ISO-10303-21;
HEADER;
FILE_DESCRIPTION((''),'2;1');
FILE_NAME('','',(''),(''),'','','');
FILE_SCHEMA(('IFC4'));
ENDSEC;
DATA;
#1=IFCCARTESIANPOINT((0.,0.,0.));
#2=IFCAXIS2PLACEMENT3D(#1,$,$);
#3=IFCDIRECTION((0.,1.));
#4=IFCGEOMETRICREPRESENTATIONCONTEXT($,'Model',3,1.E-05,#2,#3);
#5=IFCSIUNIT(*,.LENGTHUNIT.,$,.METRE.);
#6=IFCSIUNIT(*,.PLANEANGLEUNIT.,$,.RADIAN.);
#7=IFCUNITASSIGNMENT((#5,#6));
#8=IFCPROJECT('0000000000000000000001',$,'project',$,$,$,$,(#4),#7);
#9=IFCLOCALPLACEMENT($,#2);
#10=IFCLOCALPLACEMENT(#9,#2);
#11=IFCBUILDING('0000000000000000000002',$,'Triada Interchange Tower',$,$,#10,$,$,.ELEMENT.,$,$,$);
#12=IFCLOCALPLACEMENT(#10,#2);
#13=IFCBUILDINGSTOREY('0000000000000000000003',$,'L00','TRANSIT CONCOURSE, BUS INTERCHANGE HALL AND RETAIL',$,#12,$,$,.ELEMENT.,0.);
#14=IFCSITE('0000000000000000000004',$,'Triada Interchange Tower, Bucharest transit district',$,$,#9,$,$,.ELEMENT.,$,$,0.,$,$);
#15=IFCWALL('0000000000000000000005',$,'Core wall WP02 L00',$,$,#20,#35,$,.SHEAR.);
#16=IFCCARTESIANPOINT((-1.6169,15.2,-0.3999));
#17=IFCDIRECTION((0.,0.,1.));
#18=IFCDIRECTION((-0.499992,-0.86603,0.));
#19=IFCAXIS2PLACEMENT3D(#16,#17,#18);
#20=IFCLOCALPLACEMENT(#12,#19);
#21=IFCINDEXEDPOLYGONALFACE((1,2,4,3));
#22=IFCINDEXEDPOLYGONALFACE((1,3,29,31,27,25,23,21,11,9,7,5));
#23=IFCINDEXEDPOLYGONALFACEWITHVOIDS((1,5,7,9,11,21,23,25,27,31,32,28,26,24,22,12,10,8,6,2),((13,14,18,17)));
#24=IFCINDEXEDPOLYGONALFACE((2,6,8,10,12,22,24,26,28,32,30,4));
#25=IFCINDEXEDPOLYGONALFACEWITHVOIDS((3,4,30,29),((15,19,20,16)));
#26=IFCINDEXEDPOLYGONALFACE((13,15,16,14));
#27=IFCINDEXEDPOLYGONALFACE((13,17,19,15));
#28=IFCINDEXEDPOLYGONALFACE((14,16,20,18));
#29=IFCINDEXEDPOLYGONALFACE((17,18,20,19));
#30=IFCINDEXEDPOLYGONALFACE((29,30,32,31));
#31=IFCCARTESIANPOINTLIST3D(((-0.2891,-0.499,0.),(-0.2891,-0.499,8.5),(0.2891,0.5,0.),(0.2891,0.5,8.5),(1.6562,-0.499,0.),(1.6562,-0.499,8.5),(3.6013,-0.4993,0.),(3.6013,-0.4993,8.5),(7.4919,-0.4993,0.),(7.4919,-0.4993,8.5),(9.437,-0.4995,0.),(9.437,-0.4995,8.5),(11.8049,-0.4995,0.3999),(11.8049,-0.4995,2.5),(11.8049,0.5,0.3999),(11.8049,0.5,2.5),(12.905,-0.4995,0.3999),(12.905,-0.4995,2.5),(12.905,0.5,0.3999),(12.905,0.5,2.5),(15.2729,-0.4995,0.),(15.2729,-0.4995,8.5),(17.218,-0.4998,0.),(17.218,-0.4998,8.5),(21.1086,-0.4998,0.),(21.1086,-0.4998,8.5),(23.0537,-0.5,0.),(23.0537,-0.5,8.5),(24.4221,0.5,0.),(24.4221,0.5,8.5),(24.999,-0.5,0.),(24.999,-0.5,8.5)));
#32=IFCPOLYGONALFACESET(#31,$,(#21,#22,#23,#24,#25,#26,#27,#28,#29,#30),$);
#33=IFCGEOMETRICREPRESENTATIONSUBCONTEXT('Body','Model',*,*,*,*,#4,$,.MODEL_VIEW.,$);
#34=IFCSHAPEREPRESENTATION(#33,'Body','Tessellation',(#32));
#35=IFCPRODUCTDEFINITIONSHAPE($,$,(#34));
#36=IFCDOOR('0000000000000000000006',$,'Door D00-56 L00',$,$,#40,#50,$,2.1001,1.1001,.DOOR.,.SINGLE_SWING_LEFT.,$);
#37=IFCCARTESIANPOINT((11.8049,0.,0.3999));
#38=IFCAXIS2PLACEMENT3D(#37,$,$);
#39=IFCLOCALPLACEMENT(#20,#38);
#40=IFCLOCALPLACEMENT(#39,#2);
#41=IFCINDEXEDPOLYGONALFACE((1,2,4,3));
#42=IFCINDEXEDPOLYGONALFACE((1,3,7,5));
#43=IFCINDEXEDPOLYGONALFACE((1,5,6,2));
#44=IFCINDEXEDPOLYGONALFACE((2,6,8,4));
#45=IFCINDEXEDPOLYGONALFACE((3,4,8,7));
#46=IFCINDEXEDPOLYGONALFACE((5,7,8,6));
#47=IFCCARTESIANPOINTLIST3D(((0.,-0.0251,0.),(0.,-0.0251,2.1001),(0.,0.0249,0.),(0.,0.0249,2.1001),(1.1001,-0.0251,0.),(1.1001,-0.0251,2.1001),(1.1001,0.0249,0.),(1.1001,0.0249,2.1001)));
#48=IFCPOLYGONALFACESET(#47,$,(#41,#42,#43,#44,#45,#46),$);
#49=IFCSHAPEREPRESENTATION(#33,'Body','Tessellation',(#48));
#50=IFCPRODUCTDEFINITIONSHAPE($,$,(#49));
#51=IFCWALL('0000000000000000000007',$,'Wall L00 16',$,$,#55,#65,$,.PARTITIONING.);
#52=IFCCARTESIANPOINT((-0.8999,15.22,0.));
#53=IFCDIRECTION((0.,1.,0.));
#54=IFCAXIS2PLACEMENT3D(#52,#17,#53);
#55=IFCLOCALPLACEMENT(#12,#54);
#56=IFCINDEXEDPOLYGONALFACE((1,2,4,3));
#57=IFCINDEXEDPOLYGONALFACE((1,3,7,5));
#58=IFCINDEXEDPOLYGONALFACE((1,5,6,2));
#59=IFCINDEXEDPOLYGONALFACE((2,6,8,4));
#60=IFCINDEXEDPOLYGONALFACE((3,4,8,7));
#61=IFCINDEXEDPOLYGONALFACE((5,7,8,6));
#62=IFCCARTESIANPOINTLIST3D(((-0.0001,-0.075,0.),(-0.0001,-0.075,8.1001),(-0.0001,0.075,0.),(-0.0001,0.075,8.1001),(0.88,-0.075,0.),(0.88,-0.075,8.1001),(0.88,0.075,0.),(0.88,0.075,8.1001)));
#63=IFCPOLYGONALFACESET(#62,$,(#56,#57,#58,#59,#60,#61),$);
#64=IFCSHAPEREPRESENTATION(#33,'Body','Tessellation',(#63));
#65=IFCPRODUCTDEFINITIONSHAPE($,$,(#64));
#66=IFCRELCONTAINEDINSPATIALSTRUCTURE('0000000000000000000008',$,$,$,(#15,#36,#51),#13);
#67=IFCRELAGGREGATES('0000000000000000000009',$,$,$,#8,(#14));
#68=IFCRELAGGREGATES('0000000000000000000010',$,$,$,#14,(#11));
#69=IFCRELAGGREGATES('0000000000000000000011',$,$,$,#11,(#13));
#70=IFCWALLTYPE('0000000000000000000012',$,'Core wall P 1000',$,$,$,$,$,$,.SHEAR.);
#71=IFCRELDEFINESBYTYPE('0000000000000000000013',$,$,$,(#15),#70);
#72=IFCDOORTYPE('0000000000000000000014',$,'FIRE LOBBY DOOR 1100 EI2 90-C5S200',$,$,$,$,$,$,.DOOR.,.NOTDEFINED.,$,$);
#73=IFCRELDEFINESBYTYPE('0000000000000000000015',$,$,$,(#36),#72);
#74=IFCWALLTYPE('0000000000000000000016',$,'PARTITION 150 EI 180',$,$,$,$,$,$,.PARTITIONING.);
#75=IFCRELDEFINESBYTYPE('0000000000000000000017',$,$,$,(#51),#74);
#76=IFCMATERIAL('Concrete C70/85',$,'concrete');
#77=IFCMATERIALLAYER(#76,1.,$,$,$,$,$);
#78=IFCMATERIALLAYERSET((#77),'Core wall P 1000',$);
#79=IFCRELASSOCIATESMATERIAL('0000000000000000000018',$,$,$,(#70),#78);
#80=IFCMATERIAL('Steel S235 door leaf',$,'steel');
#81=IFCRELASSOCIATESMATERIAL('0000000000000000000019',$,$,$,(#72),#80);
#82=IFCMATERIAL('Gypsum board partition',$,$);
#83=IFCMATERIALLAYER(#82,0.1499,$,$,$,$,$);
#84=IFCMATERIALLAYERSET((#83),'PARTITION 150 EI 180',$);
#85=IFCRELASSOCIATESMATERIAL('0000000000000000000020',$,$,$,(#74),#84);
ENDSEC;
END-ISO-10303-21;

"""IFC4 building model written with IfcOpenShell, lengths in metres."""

from ifc_helpers import new_model, si_unit, direction, frame, frame_2d, origin, place, context, subcontext, project, spatial, polyline, rectangle, outline, extrude, material, layer, layer_set, type_object, element, fill, save


model = new_model("IFC4")

# Units and contexts
model_context = context("Model", 3, precision=1e-05, world=origin(), true_north=direction((0.0, 1.0)))
body_context = subcontext(model_context, "Body", "Model", "MODEL_VIEW")
ifc_project = project(units=[si_unit("LENGTHUNIT", "METRE"), si_unit("PLANEANGLEUNIT", "RADIAN")], contexts=[model_context])

# Site, building, storey
site_placement = place(None, origin())
site = spatial("IfcSite", under=ifc_project, at=site_placement, Name="Triada Interchange Tower, Bucharest transit district", CompositionType="ELEMENT", RefElevation=0.0)
building_placement = place(site_placement, origin())
building = spatial("IfcBuilding", under=site, at=building_placement, Name="Triada Interchange Tower", CompositionType="ELEMENT")
storey_placement = place(building_placement, origin())
storey = spatial("IfcBuildingStorey", under=building, at=storey_placement, Name="L00", Description="TRANSIT CONCOURSE, BUS INTERCHANGE HALL AND RETAIL", CompositionType="ELEMENT", Elevation=0.0)

# Shared definitions
ifc_material_1 = material(Name="Concrete C70/85", Category="concrete")

# Wall, opening, door
ifc_layer_1 = layer(ifc_material_1, 1.0)
ifc_layer_set_1 = layer_set([ifc_layer_1], Name="Core wall P 1000")
wall_type_1 = type_object("IfcWallType", Name="Core wall P 1000", PredefinedType="SHEAR", material=ifc_layer_set_1)
wall_1_placement = place(storey_placement, frame((-1.6169, 15.2, -0.3999), z_axis=(0.0, 0.0, 1.0), x_axis=(-0.499992, -0.86603, 0.0)))
wall_1 = element("IfcWall", 1, at=wall_1_placement, inside=storey, type_object=wall_type_1, Name="Core wall WP02 L00", PredefinedType="SHEAR", context=body_context, shape_type="SweptSolid", body=[
    extrude(outline(polyline([(-0.2891, -0.499), (1.6562, -0.499), (3.6013, -0.4993), (5.5466, -0.4993), (7.4919, -0.4993), (9.437, -0.4995), (11.3823, -0.4995), (13.3276, -0.4995), (15.2729, -0.4995), (17.218, -0.4998), (19.1633, -0.4998), (21.1086, -0.4998), (23.0537, -0.5), (24.999, -0.5), (24.4221, 0.5), (22.5657, 0.5), (20.7092, 0.5), (18.853, 0.5), (16.9966, 0.5), (15.1401, 0.5), (13.2837, 0.5), (11.4275, 0.5), (9.571, 0.5), (7.7146, 0.5), (5.8582, 0.5), (4.002, 0.5), (2.1455, 0.5), (0.2891, 0.5), (-0.2891, -0.499)])), origin(), (0.0, 0.0, 1.0), 8.5),
])
opening_1_placement = place(wall_1_placement, frame((11.8049, 0.0, 0.3999)))
opening_1 = element("IfcOpeningElement", 2, at=opening_1_placement, cuts=wall_1, PredefinedType="OPENING", context=body_context, shape_type="SweptSolid", body=[
    extrude(rectangle(XDim=1.1001, YDim=2.1001, at=frame_2d((0.55, 1.05))), frame((0.0, 0.51, 0.0), z_axis=(0.0, -1.0, 0.0), x_axis=(1.0, 0.0, 0.0)), (0.0, 0.0, 1.0), 1.02),
])
ifc_material_2 = material(Name="Steel S235 door leaf", Category="steel")
door_type_1 = type_object("IfcDoorType", Name="FIRE LOBBY DOOR 1100 EI2 90-C5S200", OperationType="NOTDEFINED", PredefinedType="DOOR", material=ifc_material_2)
door_1_placement = place(opening_1_placement, origin())
door_1 = element("IfcDoor", 3, at=door_1_placement, inside=storey, type_object=door_type_1, Name="Door D00-56 L00", OperationType="SINGLE_SWING_LEFT", OverallHeight=2.1001, OverallWidth=1.1001, PredefinedType="DOOR", context=body_context, shape_type="SweptSolid", body=[
    extrude(rectangle(XDim=1.1001, YDim=2.1001, at=frame_2d((0.55, 1.05))), frame((0.0, 0.0249, 0.0), z_axis=(0.0, -1.0, 0.0), x_axis=(1.0, 0.0, 0.0)), (0.0, 0.0, 1.0), 0.05),
])
fill(opening_1, door_1)

# Wall
ifc_material_3 = material(Name="Gypsum board partition")
ifc_layer_2 = layer(ifc_material_3, 0.1499)
ifc_layer_set_2 = layer_set([ifc_layer_2], Name="PARTITION 150 EI 180")
wall_type_2 = type_object("IfcWallType", Name="PARTITION 150 EI 180", PredefinedType="PARTITIONING", material=ifc_layer_set_2)
wall_2_placement = place(storey_placement, frame((-0.8999, 15.22, 0.0), z_axis=(0.0, 0.0, 1.0), x_axis=(0.0, 1.0, 0.0)))
element("IfcWall", 4, at=wall_2_placement, inside=storey, type_object=wall_type_2, Name="Wall L00 16", PredefinedType="PARTITIONING", context=body_context, shape_type="SweptSolid", body=[
    extrude(rectangle(XDim=0.8801, YDim=0.1499, at=frame_2d((0.4399, 0.0))), origin(), (0.0, 0.0, 1.0), 8.1001),
])

save(model, "model.ifc")
